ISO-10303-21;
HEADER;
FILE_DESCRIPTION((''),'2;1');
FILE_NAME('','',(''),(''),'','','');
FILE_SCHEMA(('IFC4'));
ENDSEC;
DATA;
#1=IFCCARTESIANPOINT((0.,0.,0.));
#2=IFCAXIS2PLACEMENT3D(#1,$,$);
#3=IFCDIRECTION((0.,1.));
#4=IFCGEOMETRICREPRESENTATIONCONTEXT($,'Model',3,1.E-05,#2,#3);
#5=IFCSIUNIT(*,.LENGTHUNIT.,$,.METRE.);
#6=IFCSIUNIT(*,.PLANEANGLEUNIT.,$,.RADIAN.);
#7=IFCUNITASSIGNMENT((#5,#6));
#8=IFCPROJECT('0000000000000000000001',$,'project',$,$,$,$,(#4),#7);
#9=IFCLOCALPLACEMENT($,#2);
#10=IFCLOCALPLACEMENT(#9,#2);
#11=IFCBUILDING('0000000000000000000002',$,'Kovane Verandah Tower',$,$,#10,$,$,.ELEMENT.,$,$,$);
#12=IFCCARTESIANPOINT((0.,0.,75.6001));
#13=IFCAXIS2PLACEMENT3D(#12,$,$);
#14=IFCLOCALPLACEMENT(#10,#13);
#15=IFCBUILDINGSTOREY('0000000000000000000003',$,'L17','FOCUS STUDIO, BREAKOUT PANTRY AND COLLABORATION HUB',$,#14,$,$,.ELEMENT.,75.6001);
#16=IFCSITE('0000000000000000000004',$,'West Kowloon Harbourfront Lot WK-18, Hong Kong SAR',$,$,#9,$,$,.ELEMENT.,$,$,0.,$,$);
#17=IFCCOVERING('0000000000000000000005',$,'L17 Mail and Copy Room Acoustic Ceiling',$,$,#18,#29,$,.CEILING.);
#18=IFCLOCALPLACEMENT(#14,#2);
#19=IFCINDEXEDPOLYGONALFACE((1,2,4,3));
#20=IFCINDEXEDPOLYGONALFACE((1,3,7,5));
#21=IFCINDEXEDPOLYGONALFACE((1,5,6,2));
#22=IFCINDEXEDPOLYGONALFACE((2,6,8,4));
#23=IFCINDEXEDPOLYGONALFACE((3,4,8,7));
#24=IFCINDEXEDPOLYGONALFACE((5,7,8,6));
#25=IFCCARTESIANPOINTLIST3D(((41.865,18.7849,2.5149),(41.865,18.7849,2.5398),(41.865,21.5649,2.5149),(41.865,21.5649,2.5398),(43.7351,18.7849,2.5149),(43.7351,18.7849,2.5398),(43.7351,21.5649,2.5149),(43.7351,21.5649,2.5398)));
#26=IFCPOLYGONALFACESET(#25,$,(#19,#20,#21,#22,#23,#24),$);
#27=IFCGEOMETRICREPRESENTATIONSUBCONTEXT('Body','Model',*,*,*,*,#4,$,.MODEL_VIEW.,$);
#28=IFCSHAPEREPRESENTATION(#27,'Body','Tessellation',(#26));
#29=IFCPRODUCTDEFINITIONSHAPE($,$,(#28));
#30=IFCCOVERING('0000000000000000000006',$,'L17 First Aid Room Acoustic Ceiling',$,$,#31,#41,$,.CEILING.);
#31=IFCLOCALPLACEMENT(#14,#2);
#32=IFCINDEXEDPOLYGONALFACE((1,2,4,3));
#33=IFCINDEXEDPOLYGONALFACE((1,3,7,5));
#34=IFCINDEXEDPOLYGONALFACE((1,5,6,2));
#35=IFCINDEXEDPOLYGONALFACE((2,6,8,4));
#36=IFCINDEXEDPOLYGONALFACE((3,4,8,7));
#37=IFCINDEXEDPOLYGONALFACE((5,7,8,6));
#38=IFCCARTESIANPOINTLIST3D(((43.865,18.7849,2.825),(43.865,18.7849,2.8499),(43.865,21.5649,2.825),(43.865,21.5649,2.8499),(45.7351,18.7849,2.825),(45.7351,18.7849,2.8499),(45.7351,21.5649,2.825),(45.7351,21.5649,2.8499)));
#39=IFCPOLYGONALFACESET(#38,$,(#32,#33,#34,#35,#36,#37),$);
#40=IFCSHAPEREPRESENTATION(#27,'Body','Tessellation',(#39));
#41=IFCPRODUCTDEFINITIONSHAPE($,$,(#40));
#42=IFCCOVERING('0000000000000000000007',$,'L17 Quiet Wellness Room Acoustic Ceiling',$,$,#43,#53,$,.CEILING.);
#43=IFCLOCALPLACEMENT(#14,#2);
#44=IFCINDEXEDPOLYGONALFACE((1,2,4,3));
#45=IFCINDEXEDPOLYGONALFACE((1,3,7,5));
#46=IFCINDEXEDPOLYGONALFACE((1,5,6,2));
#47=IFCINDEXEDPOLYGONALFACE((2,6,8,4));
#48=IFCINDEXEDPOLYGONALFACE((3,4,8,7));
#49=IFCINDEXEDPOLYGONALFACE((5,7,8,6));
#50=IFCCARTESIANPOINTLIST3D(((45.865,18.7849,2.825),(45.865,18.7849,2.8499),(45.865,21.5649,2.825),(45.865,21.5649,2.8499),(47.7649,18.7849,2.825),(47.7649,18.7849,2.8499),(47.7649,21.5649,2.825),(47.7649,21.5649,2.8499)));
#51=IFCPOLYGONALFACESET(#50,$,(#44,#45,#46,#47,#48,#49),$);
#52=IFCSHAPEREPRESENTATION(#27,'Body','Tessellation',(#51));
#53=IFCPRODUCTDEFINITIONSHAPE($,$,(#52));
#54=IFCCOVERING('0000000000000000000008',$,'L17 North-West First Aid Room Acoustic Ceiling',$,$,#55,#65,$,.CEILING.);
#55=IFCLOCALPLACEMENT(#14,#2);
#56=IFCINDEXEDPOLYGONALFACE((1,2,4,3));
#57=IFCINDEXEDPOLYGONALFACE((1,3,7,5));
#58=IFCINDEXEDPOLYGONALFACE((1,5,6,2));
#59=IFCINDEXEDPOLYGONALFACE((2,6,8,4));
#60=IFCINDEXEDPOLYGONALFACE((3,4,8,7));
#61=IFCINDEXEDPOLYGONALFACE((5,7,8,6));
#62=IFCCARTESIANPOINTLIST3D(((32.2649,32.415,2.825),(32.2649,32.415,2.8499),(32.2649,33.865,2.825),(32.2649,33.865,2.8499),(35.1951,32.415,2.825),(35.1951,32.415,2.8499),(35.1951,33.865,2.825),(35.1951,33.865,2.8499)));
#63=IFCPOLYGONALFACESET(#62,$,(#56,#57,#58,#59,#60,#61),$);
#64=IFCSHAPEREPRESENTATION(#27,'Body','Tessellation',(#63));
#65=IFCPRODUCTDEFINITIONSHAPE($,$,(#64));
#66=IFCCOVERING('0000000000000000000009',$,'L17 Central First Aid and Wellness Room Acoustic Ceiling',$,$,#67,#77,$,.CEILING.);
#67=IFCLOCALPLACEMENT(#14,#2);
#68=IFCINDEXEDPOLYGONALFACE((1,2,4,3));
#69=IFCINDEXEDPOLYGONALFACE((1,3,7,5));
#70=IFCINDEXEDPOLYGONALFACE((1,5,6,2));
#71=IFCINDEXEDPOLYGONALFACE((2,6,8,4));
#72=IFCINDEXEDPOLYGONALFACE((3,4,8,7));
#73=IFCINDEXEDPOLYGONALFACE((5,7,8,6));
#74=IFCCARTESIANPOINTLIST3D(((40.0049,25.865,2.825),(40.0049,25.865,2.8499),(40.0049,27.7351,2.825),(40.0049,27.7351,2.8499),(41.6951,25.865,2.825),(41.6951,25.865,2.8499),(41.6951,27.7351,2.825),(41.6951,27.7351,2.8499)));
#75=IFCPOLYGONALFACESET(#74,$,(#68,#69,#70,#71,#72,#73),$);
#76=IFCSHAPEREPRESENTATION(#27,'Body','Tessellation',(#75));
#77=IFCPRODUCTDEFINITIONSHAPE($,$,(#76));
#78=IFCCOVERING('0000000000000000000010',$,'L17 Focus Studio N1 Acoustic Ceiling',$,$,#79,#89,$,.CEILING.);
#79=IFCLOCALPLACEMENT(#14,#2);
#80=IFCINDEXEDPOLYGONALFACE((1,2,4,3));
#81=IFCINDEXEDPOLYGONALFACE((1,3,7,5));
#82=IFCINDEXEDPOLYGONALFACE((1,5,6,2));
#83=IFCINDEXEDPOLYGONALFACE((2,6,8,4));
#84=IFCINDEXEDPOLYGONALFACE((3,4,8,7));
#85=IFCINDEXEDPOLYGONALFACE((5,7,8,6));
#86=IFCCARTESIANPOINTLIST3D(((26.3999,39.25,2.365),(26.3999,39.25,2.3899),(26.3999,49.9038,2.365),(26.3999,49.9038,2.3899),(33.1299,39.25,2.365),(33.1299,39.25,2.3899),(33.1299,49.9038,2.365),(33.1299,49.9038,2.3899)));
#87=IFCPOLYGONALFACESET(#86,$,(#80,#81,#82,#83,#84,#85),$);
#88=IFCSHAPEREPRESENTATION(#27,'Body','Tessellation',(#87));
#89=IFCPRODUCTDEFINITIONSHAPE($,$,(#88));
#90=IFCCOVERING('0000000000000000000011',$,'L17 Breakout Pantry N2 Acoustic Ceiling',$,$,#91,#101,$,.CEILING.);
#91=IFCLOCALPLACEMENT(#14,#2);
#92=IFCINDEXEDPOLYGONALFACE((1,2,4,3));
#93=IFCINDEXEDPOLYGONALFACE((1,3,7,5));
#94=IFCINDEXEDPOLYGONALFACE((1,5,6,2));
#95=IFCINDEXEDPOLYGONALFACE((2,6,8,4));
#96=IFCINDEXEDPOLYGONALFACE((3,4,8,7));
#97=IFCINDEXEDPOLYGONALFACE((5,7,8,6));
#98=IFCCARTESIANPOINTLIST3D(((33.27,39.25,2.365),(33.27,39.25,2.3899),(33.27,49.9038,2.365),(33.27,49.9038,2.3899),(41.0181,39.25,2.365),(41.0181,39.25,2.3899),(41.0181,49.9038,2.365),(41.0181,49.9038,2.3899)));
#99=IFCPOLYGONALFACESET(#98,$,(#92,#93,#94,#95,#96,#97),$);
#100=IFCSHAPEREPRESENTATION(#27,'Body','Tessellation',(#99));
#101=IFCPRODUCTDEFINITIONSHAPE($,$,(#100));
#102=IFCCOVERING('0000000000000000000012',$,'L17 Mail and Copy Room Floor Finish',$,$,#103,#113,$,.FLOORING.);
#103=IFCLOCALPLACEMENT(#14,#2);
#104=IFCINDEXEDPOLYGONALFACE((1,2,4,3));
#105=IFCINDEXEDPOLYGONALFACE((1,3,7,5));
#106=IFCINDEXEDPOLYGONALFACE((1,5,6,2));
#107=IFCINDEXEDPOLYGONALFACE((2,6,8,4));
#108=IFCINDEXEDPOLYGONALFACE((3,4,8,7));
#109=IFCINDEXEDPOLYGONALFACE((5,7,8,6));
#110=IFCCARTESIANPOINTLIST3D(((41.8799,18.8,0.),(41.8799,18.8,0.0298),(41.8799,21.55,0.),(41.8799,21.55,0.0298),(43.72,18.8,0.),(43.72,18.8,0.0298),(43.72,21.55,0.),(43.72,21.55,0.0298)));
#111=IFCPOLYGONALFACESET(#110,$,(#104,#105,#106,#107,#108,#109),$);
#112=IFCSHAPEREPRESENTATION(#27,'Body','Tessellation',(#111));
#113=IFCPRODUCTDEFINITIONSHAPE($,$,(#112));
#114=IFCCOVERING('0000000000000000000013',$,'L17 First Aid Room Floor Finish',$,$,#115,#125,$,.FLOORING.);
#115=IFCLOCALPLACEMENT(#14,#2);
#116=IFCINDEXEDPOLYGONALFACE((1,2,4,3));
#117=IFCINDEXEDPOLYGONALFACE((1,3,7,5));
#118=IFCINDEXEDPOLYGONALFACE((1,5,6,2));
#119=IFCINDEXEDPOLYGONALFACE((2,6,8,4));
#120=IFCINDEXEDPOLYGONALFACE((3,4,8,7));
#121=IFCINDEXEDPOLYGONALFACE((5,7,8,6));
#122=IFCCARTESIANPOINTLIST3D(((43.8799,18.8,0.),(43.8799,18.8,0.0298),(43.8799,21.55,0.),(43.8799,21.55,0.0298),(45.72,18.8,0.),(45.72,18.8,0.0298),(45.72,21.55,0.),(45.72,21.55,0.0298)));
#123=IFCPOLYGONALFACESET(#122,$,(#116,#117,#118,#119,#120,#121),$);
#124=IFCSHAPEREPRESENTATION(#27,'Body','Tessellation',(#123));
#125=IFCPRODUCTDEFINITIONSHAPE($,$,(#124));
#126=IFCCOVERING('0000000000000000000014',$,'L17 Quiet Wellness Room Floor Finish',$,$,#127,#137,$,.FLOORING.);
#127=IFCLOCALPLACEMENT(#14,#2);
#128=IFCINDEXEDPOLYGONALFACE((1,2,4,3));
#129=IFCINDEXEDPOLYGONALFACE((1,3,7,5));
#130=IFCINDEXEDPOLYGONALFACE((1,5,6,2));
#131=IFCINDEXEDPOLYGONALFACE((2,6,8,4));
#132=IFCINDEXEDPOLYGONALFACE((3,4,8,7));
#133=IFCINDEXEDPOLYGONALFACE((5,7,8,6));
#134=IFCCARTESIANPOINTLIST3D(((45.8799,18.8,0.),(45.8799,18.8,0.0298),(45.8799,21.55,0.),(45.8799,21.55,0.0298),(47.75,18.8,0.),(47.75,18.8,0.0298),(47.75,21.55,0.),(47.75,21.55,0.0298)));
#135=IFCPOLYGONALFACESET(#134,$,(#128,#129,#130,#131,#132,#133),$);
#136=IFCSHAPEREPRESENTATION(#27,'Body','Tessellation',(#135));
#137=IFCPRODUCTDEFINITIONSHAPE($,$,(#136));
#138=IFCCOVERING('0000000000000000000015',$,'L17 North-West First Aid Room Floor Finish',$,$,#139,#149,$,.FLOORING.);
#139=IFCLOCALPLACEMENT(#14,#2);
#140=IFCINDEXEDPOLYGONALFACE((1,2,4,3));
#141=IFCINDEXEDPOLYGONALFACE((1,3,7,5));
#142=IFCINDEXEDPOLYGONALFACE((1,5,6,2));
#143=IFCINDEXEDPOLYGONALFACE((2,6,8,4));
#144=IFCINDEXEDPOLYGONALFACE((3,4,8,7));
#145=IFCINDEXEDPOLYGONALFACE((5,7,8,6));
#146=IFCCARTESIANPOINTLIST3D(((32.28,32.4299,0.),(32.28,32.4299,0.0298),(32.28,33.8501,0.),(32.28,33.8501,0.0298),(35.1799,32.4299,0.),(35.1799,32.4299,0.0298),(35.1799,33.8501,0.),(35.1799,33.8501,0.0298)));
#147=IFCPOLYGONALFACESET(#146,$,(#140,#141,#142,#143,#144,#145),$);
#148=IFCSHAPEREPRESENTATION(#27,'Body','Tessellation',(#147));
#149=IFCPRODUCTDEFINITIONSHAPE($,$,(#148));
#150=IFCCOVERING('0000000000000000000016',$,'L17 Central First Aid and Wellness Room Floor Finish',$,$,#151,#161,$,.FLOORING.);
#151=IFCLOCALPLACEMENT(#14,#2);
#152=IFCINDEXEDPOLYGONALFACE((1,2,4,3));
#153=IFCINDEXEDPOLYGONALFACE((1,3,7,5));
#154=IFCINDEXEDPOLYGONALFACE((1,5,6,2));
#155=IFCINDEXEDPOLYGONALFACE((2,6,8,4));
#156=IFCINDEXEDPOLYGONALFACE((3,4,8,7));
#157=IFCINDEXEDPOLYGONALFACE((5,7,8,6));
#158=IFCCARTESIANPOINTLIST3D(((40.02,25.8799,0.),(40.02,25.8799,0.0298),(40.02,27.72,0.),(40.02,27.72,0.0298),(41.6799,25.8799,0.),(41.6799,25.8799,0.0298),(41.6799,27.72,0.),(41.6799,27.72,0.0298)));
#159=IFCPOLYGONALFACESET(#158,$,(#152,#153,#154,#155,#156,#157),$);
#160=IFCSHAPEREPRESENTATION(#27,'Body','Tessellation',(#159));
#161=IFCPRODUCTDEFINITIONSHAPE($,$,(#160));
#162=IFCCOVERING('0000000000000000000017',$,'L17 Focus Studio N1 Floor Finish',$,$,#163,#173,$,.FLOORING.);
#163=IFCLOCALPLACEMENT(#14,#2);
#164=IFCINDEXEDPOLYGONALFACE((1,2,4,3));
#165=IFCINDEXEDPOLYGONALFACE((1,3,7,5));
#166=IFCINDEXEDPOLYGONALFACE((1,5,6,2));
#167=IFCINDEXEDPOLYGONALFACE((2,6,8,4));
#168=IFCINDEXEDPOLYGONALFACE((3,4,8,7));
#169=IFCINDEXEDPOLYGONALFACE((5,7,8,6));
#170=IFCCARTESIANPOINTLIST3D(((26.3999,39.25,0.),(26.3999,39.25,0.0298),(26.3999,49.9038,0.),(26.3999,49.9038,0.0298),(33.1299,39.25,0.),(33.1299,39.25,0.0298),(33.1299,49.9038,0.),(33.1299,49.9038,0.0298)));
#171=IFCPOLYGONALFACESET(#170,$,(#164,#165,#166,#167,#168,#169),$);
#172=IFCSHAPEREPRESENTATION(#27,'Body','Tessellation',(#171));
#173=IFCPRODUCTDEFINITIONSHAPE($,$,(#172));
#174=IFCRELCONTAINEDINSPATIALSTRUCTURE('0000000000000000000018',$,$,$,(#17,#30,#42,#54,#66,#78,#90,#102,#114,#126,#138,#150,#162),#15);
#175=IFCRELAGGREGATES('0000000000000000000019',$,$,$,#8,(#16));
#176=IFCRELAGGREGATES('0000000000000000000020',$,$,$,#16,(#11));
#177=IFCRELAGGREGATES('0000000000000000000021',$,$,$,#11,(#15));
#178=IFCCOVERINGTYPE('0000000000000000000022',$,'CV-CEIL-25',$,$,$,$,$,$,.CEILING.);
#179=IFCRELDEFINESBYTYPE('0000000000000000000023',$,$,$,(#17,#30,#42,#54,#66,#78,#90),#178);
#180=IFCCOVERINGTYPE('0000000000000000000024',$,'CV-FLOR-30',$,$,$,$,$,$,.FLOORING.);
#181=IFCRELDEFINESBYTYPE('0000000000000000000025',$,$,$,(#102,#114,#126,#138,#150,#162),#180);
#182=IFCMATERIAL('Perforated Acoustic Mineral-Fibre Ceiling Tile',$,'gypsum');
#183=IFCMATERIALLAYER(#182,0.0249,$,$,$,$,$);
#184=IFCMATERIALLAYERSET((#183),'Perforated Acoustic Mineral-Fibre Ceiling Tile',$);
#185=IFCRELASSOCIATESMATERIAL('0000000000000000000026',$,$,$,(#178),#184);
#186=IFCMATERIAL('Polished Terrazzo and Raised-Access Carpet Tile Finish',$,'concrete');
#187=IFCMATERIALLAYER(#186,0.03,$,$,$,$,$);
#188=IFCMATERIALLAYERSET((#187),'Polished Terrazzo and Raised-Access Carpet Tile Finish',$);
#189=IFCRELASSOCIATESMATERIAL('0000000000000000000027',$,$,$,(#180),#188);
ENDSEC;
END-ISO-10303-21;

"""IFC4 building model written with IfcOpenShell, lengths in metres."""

from ifc_helpers import new_model, si_unit, direction, frame, origin, place, context, subcontext, project, spatial, polyline, outline, extrude, material, layer, layer_set, type_object, element, save


model = new_model("IFC4")

# Units and contexts
model_context = context("Model", 3, precision=1e-05, world=origin(), true_north=direction((0.0, 1.0)))
body_context = subcontext(model_context, "Body", "Model", "MODEL_VIEW")
ifc_project = project(units=[si_unit("LENGTHUNIT", "METRE"), si_unit("PLANEANGLEUNIT", "RADIAN")], contexts=[model_context])

# Site, building, storey
site_placement = place(None, origin())
site = spatial("IfcSite", under=ifc_project, at=site_placement, Name="West Kowloon Harbourfront Lot WK-18, Hong Kong SAR", CompositionType="ELEMENT", RefElevation=0.0)
building_placement = place(site_placement, origin())
building = spatial("IfcBuilding", under=site, at=building_placement, Name="Kovane Verandah Tower", CompositionType="ELEMENT")
storey_placement = place(building_placement, frame((0.0, 0.0, 75.6001)))
storey = spatial("IfcBuildingStorey", under=building, at=storey_placement, Name="L17", Description="FOCUS STUDIO, BREAKOUT PANTRY AND COLLABORATION HUB", CompositionType="ELEMENT", Elevation=75.6001)

# Coverings
ifc_material_1 = material(Name="Perforated Acoustic Mineral-Fibre Ceiling Tile", Category="gypsum")
ifc_layer_1 = layer(ifc_material_1, 0.0249)
ifc_layer_set_1 = layer_set([ifc_layer_1], Name="Perforated Acoustic Mineral-Fibre Ceiling Tile")
covering_type_1 = type_object("IfcCoveringType", Name="CV-CEIL-25", PredefinedType="CEILING", material=ifc_layer_set_1)
covering_1_placement = place(storey_placement, frame((0.0, 0.0, 2.5149)))
element("IfcCovering", 1, at=covering_1_placement, inside=storey, type_object=covering_type_1, Name="L17 Mail and Copy Room Acoustic Ceiling", PredefinedType="CEILING", context=body_context, shape_type="SweptSolid", body=[
    extrude(outline(polyline([(41.865, 18.7849), (43.7351, 18.7849), (43.7351, 21.5649), (41.865, 21.5649), (41.865, 18.7849)])), origin(), (0.0, 0.0, 1.0), 0.0249),
])
covering_2_placement = place(storey_placement, frame((0.0, 0.0, 2.825)))
element("IfcCovering", 2, at=covering_2_placement, inside=storey, type_object=covering_type_1, Name="L17 First Aid Room Acoustic Ceiling", PredefinedType="CEILING", context=body_context, shape_type="SweptSolid", body=[
    extrude(outline(polyline([(43.865, 18.7849), (45.7351, 18.7849), (45.7351, 21.5649), (43.865, 21.5649), (43.865, 18.7849)])), origin(), (0.0, 0.0, 1.0), 0.0249),
])
covering_3_placement = place(storey_placement, frame((0.0, 0.0, 2.825)))
element("IfcCovering", 3, at=covering_3_placement, inside=storey, type_object=covering_type_1, Name="L17 Quiet Wellness Room Acoustic Ceiling", PredefinedType="CEILING", context=body_context, shape_type="SweptSolid", body=[
    extrude(outline(polyline([(45.865, 18.7849), (47.7649, 18.7849), (47.7649, 21.5649), (45.865, 21.5649), (45.865, 18.7849)])), origin(), (0.0, 0.0, 1.0), 0.0249),
])
covering_4_placement = place(storey_placement, frame((0.0, 0.0, 2.825)))
element("IfcCovering", 4, at=covering_4_placement, inside=storey, type_object=covering_type_1, Name="L17 North-West First Aid Room Acoustic Ceiling", PredefinedType="CEILING", context=body_context, shape_type="SweptSolid", body=[
    extrude(outline(polyline([(32.2649, 32.415), (35.1951, 32.415), (35.1951, 33.865), (32.2649, 33.865), (32.2649, 32.415)])), origin(), (0.0, 0.0, 1.0), 0.0249),
])
covering_5_placement = place(storey_placement, frame((0.0, 0.0, 2.825)))
element("IfcCovering", 5, at=covering_5_placement, inside=storey, type_object=covering_type_1, Name="L17 Central First Aid and Wellness Room Acoustic Ceiling", PredefinedType="CEILING", context=body_context, shape_type="SweptSolid", body=[
    extrude(outline(polyline([(40.0049, 25.865), (41.6951, 25.865), (41.6951, 27.7351), (40.0049, 27.7351), (40.0049, 25.865)])), origin(), (0.0, 0.0, 1.0), 0.0249),
])
covering_6_placement = place(storey_placement, frame((0.0, 0.0, 2.365)))
element("IfcCovering", 6, at=covering_6_placement, inside=storey, type_object=covering_type_1, Name="L17 Focus Studio N1 Acoustic Ceiling", PredefinedType="CEILING", context=body_context, shape_type="SweptSolid", body=[
    extrude(outline(polyline([(26.3999, 39.25), (33.1299, 39.25), (33.1299, 49.9038), (26.3999, 49.9038), (26.3999, 39.25)])), origin(), (0.0, 0.0, 1.0), 0.0249),
])
covering_7_placement = place(storey_placement, frame((0.0, 0.0, 2.365)))
element("IfcCovering", 7, at=covering_7_placement, inside=storey, type_object=covering_type_1, Name="L17 Breakout Pantry N2 Acoustic Ceiling", PredefinedType="CEILING", context=body_context, shape_type="SweptSolid", body=[
    extrude(outline(polyline([(33.27, 39.25), (41.0181, 39.25), (41.0181, 49.9038), (33.27, 49.9038), (33.27, 39.25)])), origin(), (0.0, 0.0, 1.0), 0.0249),
])
ifc_material_2 = material(Name="Polished Terrazzo and Raised-Access Carpet Tile Finish", Category="concrete")
ifc_layer_2 = layer(ifc_material_2, 0.03)
ifc_layer_set_2 = layer_set([ifc_layer_2], Name="Polished Terrazzo and Raised-Access Carpet Tile Finish")
covering_type_2 = type_object("IfcCoveringType", Name="CV-FLOR-30", PredefinedType="FLOORING", material=ifc_layer_set_2)
covering_8_placement = place(storey_placement, origin())
element("IfcCovering", 8, at=covering_8_placement, inside=storey, type_object=covering_type_2, Name="L17 Mail and Copy Room Floor Finish", PredefinedType="FLOORING", context=body_context, shape_type="SweptSolid", body=[
    extrude(outline(polyline([(41.8799, 18.8), (43.72, 18.8), (43.72, 21.55), (41.8799, 21.55), (41.8799, 18.8)])), origin(), (0.0, 0.0, 1.0), 0.0298),
])
covering_9_placement = place(storey_placement, origin())
element("IfcCovering", 9, at=covering_9_placement, inside=storey, type_object=covering_type_2, Name="L17 First Aid Room Floor Finish", PredefinedType="FLOORING", context=body_context, shape_type="SweptSolid", body=[
    extrude(outline(polyline([(43.8799, 18.8), (45.72, 18.8), (45.72, 21.55), (43.8799, 21.55), (43.8799, 18.8)])), origin(), (0.0, 0.0, 1.0), 0.0298),
])
covering_10_placement = place(storey_placement, origin())
element("IfcCovering", 10, at=covering_10_placement, inside=storey, type_object=covering_type_2, Name="L17 Quiet Wellness Room Floor Finish", PredefinedType="FLOORING", context=body_context, shape_type="SweptSolid", body=[
    extrude(outline(polyline([(45.8799, 18.8), (47.75, 18.8), (47.75, 21.55), (45.8799, 21.55), (45.8799, 18.8)])), origin(), (0.0, 0.0, 1.0), 0.0298),
])
covering_11_placement = place(storey_placement, origin())
element("IfcCovering", 11, at=covering_11_placement, inside=storey, type_object=covering_type_2, Name="L17 North-West First Aid Room Floor Finish", PredefinedType="FLOORING", context=body_context, shape_type="SweptSolid", body=[
    extrude(outline(polyline([(32.28, 32.4299), (35.1799, 32.4299), (35.1799, 33.8501), (32.28, 33.8501), (32.28, 32.4299)])), origin(), (0.0, 0.0, 1.0), 0.0298),
])
covering_12_placement = place(storey_placement, origin())
element("IfcCovering", 12, at=covering_12_placement, inside=storey, type_object=covering_type_2, Name="L17 Central First Aid and Wellness Room Floor Finish", PredefinedType="FLOORING", context=body_context, shape_type="SweptSolid", body=[
    extrude(outline(polyline([(40.02, 25.8799), (41.6799, 25.8799), (41.6799, 27.72), (40.02, 27.72), (40.02, 25.8799)])), origin(), (0.0, 0.0, 1.0), 0.0298),
])
covering_13_placement = place(storey_placement, origin())
element("IfcCovering", 13, at=covering_13_placement, inside=storey, type_object=covering_type_2, Name="L17 Focus Studio N1 Floor Finish", PredefinedType="FLOORING", context=body_context, shape_type="SweptSolid", body=[
    extrude(outline(polyline([(26.3999, 39.25), (33.1299, 39.25), (33.1299, 49.9038), (26.3999, 49.9038), (26.3999, 39.25)])), origin(), (0.0, 0.0, 1.0), 0.0298),
])

save(model, "model.ifc")
